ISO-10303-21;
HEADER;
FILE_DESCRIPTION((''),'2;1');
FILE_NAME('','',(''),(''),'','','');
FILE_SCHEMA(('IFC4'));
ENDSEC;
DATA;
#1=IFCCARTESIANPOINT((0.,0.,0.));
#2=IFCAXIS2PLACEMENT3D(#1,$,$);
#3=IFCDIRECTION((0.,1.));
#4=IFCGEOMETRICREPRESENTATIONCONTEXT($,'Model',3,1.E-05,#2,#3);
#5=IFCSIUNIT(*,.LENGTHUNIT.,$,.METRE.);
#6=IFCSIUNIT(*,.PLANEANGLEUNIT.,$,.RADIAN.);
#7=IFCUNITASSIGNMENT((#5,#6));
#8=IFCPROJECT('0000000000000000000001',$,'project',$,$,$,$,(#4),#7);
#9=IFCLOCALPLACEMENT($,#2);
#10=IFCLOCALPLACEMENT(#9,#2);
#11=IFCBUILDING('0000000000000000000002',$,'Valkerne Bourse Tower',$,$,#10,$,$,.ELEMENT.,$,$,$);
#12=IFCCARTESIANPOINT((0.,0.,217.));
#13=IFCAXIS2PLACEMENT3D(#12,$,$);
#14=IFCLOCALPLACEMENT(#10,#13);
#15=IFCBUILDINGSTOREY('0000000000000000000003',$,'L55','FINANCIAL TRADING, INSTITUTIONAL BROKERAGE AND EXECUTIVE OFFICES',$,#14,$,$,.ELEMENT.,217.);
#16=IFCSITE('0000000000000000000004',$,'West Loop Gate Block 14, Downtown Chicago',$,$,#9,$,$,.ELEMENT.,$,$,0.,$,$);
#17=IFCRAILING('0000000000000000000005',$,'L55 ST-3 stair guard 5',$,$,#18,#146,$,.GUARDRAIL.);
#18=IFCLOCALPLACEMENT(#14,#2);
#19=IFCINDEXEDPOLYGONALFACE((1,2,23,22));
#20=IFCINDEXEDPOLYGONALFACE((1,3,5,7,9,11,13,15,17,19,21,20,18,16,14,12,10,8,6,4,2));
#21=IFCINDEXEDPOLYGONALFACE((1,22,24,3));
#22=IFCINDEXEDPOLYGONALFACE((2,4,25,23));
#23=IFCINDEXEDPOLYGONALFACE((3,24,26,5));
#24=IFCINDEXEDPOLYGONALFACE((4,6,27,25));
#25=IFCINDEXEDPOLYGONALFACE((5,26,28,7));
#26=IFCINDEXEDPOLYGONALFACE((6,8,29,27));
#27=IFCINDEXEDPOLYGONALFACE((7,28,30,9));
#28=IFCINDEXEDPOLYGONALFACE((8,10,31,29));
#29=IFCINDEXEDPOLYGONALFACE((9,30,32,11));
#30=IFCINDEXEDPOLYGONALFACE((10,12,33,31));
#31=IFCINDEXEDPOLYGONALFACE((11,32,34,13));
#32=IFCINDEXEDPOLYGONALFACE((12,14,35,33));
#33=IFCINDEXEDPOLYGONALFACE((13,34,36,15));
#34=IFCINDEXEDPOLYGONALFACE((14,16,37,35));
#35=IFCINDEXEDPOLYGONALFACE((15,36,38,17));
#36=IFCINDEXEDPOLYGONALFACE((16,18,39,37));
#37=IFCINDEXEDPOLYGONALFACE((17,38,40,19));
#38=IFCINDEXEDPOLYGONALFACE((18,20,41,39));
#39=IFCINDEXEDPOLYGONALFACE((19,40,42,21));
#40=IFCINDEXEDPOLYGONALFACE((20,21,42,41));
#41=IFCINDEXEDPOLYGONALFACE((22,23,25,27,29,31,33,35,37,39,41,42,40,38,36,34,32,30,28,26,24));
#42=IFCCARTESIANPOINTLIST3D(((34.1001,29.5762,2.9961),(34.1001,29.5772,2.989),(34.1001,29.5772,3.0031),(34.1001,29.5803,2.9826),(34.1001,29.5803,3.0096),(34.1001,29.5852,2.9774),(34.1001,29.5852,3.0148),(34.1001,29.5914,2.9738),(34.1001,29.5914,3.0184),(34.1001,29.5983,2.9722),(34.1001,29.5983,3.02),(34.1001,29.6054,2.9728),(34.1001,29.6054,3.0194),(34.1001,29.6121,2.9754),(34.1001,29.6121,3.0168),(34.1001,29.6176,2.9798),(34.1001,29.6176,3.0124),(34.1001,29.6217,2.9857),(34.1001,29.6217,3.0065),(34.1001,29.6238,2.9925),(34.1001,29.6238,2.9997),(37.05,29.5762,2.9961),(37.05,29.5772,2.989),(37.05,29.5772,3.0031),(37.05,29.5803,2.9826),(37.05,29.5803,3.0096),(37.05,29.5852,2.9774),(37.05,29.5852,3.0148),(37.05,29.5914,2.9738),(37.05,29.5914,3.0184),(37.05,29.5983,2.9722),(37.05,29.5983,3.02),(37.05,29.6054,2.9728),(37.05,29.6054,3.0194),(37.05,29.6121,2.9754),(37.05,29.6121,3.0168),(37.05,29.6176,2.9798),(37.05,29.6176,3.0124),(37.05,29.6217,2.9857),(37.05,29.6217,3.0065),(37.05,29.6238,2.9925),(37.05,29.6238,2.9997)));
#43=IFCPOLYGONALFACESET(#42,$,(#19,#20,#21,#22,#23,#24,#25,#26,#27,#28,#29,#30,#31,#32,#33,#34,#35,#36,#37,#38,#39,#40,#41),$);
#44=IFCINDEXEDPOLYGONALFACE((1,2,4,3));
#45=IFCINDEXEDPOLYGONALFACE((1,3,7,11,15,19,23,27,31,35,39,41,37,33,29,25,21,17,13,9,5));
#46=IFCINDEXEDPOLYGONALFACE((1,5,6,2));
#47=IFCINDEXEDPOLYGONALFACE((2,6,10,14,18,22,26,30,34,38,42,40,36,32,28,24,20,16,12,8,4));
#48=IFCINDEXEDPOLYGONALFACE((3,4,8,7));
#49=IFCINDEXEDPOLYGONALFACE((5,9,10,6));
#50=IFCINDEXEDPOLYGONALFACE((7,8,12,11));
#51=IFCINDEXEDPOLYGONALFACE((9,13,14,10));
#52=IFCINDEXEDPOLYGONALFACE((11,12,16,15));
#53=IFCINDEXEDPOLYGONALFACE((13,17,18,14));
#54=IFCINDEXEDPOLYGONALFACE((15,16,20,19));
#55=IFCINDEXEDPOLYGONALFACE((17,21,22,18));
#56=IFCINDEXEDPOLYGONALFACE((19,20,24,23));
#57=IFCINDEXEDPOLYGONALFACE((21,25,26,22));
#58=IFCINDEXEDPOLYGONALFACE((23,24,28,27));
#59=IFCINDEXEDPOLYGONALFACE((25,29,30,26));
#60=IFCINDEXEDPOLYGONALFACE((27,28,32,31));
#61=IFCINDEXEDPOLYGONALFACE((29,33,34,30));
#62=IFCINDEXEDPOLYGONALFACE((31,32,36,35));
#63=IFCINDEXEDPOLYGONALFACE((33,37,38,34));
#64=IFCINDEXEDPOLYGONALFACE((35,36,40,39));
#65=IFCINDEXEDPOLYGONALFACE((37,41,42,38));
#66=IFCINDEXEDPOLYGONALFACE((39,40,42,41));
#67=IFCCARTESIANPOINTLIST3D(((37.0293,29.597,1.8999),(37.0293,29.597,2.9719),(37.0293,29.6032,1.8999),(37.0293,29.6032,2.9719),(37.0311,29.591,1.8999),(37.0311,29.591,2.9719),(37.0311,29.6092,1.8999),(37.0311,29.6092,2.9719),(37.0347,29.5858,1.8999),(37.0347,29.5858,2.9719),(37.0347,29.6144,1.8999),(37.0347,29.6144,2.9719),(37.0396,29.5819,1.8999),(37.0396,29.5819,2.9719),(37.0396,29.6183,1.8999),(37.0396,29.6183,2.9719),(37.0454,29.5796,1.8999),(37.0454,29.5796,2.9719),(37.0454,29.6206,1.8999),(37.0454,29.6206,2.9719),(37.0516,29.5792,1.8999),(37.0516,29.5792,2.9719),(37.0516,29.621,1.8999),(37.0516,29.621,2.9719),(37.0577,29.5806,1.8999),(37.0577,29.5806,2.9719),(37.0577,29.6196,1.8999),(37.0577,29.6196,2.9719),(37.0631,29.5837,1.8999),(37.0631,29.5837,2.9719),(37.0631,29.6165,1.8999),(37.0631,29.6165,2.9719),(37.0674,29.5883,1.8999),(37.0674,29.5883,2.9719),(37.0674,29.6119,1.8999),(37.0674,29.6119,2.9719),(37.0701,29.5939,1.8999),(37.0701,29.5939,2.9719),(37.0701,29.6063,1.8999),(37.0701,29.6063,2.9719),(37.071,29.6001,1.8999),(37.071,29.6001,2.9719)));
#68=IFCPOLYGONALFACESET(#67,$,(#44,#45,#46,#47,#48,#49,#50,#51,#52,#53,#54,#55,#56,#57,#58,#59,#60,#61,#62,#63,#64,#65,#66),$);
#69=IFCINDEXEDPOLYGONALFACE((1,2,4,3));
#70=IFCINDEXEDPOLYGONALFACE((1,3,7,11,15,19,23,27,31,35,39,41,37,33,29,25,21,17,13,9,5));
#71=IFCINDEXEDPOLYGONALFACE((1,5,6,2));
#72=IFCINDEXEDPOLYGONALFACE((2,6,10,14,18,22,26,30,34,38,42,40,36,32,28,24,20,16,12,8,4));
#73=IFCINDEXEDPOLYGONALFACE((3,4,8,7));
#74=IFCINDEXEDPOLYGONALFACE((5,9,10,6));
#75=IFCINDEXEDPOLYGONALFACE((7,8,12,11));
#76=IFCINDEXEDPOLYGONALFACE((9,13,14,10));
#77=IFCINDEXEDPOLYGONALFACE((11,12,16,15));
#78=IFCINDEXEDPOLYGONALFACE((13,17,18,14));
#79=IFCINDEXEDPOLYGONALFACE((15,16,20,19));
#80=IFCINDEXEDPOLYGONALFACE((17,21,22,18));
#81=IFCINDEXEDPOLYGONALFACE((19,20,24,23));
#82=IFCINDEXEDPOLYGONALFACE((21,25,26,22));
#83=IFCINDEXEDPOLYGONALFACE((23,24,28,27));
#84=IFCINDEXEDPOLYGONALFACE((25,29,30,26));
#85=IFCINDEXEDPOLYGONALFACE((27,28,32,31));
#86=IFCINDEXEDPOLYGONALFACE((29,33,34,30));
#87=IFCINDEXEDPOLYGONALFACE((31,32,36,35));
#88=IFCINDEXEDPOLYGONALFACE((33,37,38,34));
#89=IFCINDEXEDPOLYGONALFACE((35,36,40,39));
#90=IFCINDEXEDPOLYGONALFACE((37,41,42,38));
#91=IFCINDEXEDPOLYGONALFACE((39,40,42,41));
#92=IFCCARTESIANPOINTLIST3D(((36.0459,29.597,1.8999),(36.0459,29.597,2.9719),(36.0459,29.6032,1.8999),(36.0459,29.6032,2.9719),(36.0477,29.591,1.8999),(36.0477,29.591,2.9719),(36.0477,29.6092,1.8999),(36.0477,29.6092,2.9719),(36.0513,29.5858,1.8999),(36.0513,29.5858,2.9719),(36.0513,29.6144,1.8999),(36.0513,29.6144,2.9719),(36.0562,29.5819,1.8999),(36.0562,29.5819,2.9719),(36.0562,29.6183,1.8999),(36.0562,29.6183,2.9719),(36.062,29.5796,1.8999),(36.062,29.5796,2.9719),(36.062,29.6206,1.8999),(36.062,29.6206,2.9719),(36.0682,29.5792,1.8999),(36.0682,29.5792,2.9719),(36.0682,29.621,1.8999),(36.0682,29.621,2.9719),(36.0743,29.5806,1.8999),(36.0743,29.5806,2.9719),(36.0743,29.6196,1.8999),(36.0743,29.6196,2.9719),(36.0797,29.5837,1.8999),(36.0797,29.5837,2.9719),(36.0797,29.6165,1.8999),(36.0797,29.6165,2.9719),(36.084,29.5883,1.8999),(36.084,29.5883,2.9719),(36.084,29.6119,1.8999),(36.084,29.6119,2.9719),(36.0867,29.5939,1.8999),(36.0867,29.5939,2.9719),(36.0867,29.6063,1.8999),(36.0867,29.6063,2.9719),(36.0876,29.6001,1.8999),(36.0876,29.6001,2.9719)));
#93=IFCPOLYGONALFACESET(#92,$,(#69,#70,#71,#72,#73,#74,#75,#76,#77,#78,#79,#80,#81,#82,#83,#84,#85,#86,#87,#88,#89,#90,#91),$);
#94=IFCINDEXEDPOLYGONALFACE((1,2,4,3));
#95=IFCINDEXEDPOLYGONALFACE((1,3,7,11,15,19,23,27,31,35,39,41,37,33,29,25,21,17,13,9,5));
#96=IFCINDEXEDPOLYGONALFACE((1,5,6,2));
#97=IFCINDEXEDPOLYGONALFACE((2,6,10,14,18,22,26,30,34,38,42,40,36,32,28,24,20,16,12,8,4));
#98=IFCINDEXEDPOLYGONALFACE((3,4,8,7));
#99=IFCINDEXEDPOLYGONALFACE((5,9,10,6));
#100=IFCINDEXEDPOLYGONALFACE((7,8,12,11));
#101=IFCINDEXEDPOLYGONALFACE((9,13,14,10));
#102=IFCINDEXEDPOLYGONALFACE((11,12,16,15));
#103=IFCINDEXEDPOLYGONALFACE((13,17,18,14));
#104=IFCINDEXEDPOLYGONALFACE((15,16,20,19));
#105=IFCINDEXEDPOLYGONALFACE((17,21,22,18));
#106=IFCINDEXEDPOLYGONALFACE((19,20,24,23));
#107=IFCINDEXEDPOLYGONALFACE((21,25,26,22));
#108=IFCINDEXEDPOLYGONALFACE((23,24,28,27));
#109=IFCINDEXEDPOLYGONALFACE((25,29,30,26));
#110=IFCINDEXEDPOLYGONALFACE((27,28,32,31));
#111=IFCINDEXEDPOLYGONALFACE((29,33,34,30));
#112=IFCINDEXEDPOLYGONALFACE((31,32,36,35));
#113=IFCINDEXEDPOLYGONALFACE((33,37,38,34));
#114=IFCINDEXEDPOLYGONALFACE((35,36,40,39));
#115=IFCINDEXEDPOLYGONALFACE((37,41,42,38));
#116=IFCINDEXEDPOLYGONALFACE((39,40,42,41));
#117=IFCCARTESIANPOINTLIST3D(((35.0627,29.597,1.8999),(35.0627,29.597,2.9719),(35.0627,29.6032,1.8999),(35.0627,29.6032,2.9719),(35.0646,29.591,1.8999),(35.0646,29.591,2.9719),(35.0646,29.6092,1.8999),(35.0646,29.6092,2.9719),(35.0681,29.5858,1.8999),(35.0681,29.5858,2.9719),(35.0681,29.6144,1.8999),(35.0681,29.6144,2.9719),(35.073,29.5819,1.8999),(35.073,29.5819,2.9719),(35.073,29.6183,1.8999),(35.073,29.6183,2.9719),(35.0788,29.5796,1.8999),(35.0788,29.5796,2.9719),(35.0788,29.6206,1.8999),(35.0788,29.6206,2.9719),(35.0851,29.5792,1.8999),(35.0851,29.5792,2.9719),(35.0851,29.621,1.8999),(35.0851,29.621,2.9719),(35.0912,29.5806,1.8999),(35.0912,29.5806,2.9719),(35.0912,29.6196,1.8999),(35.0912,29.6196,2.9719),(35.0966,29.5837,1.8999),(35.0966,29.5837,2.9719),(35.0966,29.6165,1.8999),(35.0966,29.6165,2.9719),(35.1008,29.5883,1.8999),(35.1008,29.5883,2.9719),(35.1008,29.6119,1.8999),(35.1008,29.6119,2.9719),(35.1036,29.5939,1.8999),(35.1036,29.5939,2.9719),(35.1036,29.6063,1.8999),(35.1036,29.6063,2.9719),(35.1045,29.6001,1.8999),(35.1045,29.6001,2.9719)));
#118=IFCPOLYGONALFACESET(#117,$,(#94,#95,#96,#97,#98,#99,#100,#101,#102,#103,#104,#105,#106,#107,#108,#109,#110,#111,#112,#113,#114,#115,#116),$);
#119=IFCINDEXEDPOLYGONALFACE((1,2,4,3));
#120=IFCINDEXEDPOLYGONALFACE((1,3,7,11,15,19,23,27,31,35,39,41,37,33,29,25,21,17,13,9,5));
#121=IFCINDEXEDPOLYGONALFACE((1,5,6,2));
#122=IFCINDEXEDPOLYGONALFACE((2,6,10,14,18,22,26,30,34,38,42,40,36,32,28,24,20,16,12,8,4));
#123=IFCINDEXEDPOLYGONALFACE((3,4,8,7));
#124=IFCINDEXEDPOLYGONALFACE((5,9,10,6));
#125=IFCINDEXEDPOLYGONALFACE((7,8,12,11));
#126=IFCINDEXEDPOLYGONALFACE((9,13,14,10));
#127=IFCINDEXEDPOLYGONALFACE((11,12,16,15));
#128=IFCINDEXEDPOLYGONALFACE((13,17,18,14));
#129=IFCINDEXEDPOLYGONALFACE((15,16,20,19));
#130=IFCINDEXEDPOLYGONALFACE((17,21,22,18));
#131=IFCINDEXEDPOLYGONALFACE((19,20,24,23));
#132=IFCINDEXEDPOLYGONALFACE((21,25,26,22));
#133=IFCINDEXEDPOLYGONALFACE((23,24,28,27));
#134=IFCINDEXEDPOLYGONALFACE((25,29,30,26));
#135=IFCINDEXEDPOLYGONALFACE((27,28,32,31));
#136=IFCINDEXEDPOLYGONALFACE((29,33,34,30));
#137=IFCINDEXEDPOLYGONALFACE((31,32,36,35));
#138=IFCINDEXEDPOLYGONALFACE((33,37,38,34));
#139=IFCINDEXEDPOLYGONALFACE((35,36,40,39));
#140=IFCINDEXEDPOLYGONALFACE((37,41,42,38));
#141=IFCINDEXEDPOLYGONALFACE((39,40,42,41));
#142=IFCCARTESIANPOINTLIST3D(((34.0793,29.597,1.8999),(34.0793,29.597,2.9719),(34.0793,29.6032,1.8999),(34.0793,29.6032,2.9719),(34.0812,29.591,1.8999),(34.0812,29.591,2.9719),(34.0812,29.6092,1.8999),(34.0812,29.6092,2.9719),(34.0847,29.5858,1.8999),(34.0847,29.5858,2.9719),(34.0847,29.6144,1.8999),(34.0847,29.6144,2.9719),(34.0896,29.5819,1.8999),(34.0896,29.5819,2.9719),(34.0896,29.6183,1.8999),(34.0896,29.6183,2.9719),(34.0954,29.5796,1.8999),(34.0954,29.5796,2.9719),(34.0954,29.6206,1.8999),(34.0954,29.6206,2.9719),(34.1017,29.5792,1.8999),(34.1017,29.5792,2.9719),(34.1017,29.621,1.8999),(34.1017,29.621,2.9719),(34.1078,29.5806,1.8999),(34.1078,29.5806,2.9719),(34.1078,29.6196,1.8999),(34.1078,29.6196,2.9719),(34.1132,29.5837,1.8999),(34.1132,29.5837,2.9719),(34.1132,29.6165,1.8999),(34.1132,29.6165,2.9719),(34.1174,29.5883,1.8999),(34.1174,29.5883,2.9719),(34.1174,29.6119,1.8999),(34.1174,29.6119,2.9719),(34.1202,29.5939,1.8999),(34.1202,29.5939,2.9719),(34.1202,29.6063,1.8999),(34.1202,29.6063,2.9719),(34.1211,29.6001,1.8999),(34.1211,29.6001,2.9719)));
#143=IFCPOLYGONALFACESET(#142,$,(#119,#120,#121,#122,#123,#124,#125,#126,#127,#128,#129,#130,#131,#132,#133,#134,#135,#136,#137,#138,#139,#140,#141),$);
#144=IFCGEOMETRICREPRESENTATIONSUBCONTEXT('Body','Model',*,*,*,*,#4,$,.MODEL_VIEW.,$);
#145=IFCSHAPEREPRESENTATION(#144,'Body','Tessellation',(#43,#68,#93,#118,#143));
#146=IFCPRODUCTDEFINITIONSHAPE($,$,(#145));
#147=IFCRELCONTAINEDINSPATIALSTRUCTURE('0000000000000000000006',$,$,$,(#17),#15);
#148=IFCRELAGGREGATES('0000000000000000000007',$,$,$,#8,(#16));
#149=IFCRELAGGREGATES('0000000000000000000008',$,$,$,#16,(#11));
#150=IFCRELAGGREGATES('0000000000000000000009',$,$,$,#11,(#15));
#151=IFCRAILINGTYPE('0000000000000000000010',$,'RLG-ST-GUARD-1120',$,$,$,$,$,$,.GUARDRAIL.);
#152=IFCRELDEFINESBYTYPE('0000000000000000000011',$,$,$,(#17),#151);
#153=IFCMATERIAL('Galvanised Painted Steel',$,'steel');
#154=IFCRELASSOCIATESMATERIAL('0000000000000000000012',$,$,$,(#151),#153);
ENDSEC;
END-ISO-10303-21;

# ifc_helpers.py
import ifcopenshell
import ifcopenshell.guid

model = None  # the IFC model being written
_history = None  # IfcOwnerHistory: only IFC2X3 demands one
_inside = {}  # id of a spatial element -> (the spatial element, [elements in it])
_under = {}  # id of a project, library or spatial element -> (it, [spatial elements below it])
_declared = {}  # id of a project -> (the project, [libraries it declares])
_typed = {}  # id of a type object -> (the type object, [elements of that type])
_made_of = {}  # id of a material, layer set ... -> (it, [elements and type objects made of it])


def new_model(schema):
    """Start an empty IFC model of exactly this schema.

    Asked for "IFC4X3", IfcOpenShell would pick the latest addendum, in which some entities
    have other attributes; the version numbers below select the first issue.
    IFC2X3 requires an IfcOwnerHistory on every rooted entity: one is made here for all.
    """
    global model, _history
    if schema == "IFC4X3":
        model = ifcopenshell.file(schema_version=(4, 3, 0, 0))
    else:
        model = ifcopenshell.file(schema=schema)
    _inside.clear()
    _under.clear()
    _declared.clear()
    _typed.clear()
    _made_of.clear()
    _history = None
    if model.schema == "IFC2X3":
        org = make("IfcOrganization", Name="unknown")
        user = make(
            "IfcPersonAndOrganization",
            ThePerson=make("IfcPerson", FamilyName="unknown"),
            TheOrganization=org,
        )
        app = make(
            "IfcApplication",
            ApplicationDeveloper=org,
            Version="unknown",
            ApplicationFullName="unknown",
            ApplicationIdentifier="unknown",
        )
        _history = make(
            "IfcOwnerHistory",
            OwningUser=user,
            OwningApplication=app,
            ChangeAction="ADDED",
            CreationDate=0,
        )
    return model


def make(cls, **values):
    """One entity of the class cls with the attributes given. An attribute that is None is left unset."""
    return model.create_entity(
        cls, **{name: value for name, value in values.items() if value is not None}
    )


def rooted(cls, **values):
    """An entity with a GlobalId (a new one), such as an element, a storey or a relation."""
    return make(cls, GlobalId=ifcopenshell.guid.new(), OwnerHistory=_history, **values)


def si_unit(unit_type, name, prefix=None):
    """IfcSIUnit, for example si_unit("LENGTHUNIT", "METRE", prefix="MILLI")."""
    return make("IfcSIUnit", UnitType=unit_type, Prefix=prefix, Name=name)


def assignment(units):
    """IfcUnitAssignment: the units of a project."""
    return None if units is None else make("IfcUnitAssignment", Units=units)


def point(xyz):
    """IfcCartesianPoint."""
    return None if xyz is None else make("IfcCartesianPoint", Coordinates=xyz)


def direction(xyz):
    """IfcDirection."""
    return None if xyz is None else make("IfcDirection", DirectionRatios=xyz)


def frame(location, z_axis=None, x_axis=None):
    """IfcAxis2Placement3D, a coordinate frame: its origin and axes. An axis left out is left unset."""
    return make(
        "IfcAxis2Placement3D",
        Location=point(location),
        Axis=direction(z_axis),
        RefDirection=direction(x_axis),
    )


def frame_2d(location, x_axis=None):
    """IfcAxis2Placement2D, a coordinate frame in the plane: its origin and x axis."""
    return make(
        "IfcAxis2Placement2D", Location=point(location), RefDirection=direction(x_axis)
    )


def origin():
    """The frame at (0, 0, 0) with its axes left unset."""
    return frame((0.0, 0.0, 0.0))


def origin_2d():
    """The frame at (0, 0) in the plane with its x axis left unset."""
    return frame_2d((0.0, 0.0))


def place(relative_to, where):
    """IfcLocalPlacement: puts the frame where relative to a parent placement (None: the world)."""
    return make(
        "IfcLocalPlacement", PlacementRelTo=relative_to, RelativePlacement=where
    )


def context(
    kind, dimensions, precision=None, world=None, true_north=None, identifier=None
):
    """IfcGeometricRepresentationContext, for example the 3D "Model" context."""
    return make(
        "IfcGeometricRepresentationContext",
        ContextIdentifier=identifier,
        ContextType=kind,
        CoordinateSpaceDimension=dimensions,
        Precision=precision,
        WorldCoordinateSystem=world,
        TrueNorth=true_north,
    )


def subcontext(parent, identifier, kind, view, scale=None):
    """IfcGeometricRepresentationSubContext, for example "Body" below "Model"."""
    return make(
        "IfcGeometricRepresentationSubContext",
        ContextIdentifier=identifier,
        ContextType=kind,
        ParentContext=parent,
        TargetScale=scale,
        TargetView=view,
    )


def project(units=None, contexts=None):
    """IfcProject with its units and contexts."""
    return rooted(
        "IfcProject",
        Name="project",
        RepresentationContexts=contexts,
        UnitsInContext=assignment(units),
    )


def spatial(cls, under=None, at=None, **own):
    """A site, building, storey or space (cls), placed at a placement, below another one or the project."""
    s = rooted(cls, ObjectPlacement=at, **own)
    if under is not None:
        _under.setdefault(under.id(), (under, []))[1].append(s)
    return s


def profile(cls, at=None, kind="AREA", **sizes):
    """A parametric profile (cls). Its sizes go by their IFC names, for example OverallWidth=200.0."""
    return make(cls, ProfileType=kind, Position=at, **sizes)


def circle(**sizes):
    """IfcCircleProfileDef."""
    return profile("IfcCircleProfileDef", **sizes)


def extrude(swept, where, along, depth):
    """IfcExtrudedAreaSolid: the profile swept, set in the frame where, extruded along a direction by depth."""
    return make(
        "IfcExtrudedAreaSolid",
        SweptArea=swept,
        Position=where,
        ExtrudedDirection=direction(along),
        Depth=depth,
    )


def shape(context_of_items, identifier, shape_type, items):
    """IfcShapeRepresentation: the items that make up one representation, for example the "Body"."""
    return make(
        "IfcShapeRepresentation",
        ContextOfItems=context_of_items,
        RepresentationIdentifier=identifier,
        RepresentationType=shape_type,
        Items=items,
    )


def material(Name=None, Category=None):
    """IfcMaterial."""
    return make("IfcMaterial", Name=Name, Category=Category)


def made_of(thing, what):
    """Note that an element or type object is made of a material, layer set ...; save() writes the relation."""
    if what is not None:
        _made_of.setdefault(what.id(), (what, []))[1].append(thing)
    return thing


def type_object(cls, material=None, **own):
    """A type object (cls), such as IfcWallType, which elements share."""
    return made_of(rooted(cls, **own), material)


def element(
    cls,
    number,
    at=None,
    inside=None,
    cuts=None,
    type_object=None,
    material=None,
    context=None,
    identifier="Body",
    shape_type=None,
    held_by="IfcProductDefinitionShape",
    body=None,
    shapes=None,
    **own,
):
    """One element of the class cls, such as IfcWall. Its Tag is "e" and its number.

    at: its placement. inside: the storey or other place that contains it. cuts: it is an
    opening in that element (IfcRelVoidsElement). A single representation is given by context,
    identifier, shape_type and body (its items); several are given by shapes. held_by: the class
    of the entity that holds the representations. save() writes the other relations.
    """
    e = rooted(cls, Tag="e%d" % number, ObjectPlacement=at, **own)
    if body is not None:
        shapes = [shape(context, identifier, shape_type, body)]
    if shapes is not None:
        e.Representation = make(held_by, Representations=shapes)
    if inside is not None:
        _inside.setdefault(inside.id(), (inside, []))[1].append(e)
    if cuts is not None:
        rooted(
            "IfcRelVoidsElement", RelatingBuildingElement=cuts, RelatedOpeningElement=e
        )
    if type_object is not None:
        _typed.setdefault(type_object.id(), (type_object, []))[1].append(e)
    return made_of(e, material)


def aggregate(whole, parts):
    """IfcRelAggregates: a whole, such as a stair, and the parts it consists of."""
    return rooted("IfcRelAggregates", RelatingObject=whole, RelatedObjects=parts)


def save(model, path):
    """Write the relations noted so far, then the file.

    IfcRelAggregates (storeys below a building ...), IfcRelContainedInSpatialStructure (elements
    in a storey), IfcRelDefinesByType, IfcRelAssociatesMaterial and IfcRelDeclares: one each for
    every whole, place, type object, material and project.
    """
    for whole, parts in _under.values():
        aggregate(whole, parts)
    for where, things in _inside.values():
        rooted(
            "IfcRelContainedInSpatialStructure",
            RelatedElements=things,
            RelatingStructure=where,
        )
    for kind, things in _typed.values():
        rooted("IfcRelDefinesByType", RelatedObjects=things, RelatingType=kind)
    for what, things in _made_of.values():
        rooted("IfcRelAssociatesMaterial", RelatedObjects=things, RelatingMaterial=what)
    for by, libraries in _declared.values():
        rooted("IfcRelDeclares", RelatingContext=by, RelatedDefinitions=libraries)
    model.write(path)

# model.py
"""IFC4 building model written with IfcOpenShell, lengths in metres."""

from ifc_helpers import new_model, si_unit, direction, frame, origin, origin_2d, place, context, subcontext, project, spatial, circle, extrude, material, type_object, element, save


model = new_model("IFC4")

# Units and contexts
model_context = context("Model", 3, precision=1e-05, world=origin(), true_north=direction((0.0, 1.0)))
body_context = subcontext(model_context, "Body", "Model", "MODEL_VIEW")
ifc_project = project(units=[si_unit("LENGTHUNIT", "METRE"), si_unit("PLANEANGLEUNIT", "RADIAN")], contexts=[model_context])

# Site, building, storey
site_placement = place(None, origin())
site = spatial("IfcSite", under=ifc_project, at=site_placement, Name="West Loop Gate Block 14, Downtown Chicago", CompositionType="ELEMENT", RefElevation=0.0)
building_placement = place(site_placement, origin())
building = spatial("IfcBuilding", under=site, at=building_placement, Name="Valkerne Bourse Tower", CompositionType="ELEMENT")
storey_placement = place(building_placement, frame((0.0, 0.0, 217.0)))
storey = spatial("IfcBuildingStorey", under=building, at=storey_placement, Name="L55", Description="FINANCIAL TRADING, INSTITUTIONAL BROKERAGE AND EXECUTIVE OFFICES", CompositionType="ELEMENT", Elevation=217.0)

# Shared definitions
ifc_material_1 = material(Name="Galvanised Painted Steel", Category="steel")

# Railing
railing_type = type_object("IfcRailingType", Name="RLG-ST-GUARD-1120", PredefinedType="GUARDRAIL", material=ifc_material_1)
railing_1_placement = place(storey_placement, frame((37.05, 29.6001, 1.8999)))
element("IfcRailing", 1, at=railing_1_placement, inside=storey, type_object=railing_type, Name="L55 ST-3 stair guard 5", PredefinedType="GUARDRAIL", context=body_context, shape_type="SweptSolid", body=[
    extrude(circle(Radius=0.0239, at=origin_2d()), frame((0.0, 0.0, 1.0962), z_axis=(-1.0, 0.0, 0.0), x_axis=(0.0, -1.0, 0.0)), (0.0, 0.0, 1.0), 2.95),
    extrude(circle(Radius=0.021, at=origin_2d()), origin(), (0.0, 0.0, 1.0), 1.072),
    extrude(circle(Radius=0.021, at=origin_2d()), frame((-0.9834, 0.0, 0.0)), (0.0, 0.0, 1.0), 1.072),
    extrude(circle(Radius=0.021, at=origin_2d()), frame((-1.9666, 0.0, 0.0)), (0.0, 0.0, 1.0), 1.072),
    extrude(circle(Radius=0.021, at=origin_2d()), frame((-2.95, 0.0, 0.0)), (0.0, 0.0, 1.0), 1.072),
])

save(model, "model.ifc")
